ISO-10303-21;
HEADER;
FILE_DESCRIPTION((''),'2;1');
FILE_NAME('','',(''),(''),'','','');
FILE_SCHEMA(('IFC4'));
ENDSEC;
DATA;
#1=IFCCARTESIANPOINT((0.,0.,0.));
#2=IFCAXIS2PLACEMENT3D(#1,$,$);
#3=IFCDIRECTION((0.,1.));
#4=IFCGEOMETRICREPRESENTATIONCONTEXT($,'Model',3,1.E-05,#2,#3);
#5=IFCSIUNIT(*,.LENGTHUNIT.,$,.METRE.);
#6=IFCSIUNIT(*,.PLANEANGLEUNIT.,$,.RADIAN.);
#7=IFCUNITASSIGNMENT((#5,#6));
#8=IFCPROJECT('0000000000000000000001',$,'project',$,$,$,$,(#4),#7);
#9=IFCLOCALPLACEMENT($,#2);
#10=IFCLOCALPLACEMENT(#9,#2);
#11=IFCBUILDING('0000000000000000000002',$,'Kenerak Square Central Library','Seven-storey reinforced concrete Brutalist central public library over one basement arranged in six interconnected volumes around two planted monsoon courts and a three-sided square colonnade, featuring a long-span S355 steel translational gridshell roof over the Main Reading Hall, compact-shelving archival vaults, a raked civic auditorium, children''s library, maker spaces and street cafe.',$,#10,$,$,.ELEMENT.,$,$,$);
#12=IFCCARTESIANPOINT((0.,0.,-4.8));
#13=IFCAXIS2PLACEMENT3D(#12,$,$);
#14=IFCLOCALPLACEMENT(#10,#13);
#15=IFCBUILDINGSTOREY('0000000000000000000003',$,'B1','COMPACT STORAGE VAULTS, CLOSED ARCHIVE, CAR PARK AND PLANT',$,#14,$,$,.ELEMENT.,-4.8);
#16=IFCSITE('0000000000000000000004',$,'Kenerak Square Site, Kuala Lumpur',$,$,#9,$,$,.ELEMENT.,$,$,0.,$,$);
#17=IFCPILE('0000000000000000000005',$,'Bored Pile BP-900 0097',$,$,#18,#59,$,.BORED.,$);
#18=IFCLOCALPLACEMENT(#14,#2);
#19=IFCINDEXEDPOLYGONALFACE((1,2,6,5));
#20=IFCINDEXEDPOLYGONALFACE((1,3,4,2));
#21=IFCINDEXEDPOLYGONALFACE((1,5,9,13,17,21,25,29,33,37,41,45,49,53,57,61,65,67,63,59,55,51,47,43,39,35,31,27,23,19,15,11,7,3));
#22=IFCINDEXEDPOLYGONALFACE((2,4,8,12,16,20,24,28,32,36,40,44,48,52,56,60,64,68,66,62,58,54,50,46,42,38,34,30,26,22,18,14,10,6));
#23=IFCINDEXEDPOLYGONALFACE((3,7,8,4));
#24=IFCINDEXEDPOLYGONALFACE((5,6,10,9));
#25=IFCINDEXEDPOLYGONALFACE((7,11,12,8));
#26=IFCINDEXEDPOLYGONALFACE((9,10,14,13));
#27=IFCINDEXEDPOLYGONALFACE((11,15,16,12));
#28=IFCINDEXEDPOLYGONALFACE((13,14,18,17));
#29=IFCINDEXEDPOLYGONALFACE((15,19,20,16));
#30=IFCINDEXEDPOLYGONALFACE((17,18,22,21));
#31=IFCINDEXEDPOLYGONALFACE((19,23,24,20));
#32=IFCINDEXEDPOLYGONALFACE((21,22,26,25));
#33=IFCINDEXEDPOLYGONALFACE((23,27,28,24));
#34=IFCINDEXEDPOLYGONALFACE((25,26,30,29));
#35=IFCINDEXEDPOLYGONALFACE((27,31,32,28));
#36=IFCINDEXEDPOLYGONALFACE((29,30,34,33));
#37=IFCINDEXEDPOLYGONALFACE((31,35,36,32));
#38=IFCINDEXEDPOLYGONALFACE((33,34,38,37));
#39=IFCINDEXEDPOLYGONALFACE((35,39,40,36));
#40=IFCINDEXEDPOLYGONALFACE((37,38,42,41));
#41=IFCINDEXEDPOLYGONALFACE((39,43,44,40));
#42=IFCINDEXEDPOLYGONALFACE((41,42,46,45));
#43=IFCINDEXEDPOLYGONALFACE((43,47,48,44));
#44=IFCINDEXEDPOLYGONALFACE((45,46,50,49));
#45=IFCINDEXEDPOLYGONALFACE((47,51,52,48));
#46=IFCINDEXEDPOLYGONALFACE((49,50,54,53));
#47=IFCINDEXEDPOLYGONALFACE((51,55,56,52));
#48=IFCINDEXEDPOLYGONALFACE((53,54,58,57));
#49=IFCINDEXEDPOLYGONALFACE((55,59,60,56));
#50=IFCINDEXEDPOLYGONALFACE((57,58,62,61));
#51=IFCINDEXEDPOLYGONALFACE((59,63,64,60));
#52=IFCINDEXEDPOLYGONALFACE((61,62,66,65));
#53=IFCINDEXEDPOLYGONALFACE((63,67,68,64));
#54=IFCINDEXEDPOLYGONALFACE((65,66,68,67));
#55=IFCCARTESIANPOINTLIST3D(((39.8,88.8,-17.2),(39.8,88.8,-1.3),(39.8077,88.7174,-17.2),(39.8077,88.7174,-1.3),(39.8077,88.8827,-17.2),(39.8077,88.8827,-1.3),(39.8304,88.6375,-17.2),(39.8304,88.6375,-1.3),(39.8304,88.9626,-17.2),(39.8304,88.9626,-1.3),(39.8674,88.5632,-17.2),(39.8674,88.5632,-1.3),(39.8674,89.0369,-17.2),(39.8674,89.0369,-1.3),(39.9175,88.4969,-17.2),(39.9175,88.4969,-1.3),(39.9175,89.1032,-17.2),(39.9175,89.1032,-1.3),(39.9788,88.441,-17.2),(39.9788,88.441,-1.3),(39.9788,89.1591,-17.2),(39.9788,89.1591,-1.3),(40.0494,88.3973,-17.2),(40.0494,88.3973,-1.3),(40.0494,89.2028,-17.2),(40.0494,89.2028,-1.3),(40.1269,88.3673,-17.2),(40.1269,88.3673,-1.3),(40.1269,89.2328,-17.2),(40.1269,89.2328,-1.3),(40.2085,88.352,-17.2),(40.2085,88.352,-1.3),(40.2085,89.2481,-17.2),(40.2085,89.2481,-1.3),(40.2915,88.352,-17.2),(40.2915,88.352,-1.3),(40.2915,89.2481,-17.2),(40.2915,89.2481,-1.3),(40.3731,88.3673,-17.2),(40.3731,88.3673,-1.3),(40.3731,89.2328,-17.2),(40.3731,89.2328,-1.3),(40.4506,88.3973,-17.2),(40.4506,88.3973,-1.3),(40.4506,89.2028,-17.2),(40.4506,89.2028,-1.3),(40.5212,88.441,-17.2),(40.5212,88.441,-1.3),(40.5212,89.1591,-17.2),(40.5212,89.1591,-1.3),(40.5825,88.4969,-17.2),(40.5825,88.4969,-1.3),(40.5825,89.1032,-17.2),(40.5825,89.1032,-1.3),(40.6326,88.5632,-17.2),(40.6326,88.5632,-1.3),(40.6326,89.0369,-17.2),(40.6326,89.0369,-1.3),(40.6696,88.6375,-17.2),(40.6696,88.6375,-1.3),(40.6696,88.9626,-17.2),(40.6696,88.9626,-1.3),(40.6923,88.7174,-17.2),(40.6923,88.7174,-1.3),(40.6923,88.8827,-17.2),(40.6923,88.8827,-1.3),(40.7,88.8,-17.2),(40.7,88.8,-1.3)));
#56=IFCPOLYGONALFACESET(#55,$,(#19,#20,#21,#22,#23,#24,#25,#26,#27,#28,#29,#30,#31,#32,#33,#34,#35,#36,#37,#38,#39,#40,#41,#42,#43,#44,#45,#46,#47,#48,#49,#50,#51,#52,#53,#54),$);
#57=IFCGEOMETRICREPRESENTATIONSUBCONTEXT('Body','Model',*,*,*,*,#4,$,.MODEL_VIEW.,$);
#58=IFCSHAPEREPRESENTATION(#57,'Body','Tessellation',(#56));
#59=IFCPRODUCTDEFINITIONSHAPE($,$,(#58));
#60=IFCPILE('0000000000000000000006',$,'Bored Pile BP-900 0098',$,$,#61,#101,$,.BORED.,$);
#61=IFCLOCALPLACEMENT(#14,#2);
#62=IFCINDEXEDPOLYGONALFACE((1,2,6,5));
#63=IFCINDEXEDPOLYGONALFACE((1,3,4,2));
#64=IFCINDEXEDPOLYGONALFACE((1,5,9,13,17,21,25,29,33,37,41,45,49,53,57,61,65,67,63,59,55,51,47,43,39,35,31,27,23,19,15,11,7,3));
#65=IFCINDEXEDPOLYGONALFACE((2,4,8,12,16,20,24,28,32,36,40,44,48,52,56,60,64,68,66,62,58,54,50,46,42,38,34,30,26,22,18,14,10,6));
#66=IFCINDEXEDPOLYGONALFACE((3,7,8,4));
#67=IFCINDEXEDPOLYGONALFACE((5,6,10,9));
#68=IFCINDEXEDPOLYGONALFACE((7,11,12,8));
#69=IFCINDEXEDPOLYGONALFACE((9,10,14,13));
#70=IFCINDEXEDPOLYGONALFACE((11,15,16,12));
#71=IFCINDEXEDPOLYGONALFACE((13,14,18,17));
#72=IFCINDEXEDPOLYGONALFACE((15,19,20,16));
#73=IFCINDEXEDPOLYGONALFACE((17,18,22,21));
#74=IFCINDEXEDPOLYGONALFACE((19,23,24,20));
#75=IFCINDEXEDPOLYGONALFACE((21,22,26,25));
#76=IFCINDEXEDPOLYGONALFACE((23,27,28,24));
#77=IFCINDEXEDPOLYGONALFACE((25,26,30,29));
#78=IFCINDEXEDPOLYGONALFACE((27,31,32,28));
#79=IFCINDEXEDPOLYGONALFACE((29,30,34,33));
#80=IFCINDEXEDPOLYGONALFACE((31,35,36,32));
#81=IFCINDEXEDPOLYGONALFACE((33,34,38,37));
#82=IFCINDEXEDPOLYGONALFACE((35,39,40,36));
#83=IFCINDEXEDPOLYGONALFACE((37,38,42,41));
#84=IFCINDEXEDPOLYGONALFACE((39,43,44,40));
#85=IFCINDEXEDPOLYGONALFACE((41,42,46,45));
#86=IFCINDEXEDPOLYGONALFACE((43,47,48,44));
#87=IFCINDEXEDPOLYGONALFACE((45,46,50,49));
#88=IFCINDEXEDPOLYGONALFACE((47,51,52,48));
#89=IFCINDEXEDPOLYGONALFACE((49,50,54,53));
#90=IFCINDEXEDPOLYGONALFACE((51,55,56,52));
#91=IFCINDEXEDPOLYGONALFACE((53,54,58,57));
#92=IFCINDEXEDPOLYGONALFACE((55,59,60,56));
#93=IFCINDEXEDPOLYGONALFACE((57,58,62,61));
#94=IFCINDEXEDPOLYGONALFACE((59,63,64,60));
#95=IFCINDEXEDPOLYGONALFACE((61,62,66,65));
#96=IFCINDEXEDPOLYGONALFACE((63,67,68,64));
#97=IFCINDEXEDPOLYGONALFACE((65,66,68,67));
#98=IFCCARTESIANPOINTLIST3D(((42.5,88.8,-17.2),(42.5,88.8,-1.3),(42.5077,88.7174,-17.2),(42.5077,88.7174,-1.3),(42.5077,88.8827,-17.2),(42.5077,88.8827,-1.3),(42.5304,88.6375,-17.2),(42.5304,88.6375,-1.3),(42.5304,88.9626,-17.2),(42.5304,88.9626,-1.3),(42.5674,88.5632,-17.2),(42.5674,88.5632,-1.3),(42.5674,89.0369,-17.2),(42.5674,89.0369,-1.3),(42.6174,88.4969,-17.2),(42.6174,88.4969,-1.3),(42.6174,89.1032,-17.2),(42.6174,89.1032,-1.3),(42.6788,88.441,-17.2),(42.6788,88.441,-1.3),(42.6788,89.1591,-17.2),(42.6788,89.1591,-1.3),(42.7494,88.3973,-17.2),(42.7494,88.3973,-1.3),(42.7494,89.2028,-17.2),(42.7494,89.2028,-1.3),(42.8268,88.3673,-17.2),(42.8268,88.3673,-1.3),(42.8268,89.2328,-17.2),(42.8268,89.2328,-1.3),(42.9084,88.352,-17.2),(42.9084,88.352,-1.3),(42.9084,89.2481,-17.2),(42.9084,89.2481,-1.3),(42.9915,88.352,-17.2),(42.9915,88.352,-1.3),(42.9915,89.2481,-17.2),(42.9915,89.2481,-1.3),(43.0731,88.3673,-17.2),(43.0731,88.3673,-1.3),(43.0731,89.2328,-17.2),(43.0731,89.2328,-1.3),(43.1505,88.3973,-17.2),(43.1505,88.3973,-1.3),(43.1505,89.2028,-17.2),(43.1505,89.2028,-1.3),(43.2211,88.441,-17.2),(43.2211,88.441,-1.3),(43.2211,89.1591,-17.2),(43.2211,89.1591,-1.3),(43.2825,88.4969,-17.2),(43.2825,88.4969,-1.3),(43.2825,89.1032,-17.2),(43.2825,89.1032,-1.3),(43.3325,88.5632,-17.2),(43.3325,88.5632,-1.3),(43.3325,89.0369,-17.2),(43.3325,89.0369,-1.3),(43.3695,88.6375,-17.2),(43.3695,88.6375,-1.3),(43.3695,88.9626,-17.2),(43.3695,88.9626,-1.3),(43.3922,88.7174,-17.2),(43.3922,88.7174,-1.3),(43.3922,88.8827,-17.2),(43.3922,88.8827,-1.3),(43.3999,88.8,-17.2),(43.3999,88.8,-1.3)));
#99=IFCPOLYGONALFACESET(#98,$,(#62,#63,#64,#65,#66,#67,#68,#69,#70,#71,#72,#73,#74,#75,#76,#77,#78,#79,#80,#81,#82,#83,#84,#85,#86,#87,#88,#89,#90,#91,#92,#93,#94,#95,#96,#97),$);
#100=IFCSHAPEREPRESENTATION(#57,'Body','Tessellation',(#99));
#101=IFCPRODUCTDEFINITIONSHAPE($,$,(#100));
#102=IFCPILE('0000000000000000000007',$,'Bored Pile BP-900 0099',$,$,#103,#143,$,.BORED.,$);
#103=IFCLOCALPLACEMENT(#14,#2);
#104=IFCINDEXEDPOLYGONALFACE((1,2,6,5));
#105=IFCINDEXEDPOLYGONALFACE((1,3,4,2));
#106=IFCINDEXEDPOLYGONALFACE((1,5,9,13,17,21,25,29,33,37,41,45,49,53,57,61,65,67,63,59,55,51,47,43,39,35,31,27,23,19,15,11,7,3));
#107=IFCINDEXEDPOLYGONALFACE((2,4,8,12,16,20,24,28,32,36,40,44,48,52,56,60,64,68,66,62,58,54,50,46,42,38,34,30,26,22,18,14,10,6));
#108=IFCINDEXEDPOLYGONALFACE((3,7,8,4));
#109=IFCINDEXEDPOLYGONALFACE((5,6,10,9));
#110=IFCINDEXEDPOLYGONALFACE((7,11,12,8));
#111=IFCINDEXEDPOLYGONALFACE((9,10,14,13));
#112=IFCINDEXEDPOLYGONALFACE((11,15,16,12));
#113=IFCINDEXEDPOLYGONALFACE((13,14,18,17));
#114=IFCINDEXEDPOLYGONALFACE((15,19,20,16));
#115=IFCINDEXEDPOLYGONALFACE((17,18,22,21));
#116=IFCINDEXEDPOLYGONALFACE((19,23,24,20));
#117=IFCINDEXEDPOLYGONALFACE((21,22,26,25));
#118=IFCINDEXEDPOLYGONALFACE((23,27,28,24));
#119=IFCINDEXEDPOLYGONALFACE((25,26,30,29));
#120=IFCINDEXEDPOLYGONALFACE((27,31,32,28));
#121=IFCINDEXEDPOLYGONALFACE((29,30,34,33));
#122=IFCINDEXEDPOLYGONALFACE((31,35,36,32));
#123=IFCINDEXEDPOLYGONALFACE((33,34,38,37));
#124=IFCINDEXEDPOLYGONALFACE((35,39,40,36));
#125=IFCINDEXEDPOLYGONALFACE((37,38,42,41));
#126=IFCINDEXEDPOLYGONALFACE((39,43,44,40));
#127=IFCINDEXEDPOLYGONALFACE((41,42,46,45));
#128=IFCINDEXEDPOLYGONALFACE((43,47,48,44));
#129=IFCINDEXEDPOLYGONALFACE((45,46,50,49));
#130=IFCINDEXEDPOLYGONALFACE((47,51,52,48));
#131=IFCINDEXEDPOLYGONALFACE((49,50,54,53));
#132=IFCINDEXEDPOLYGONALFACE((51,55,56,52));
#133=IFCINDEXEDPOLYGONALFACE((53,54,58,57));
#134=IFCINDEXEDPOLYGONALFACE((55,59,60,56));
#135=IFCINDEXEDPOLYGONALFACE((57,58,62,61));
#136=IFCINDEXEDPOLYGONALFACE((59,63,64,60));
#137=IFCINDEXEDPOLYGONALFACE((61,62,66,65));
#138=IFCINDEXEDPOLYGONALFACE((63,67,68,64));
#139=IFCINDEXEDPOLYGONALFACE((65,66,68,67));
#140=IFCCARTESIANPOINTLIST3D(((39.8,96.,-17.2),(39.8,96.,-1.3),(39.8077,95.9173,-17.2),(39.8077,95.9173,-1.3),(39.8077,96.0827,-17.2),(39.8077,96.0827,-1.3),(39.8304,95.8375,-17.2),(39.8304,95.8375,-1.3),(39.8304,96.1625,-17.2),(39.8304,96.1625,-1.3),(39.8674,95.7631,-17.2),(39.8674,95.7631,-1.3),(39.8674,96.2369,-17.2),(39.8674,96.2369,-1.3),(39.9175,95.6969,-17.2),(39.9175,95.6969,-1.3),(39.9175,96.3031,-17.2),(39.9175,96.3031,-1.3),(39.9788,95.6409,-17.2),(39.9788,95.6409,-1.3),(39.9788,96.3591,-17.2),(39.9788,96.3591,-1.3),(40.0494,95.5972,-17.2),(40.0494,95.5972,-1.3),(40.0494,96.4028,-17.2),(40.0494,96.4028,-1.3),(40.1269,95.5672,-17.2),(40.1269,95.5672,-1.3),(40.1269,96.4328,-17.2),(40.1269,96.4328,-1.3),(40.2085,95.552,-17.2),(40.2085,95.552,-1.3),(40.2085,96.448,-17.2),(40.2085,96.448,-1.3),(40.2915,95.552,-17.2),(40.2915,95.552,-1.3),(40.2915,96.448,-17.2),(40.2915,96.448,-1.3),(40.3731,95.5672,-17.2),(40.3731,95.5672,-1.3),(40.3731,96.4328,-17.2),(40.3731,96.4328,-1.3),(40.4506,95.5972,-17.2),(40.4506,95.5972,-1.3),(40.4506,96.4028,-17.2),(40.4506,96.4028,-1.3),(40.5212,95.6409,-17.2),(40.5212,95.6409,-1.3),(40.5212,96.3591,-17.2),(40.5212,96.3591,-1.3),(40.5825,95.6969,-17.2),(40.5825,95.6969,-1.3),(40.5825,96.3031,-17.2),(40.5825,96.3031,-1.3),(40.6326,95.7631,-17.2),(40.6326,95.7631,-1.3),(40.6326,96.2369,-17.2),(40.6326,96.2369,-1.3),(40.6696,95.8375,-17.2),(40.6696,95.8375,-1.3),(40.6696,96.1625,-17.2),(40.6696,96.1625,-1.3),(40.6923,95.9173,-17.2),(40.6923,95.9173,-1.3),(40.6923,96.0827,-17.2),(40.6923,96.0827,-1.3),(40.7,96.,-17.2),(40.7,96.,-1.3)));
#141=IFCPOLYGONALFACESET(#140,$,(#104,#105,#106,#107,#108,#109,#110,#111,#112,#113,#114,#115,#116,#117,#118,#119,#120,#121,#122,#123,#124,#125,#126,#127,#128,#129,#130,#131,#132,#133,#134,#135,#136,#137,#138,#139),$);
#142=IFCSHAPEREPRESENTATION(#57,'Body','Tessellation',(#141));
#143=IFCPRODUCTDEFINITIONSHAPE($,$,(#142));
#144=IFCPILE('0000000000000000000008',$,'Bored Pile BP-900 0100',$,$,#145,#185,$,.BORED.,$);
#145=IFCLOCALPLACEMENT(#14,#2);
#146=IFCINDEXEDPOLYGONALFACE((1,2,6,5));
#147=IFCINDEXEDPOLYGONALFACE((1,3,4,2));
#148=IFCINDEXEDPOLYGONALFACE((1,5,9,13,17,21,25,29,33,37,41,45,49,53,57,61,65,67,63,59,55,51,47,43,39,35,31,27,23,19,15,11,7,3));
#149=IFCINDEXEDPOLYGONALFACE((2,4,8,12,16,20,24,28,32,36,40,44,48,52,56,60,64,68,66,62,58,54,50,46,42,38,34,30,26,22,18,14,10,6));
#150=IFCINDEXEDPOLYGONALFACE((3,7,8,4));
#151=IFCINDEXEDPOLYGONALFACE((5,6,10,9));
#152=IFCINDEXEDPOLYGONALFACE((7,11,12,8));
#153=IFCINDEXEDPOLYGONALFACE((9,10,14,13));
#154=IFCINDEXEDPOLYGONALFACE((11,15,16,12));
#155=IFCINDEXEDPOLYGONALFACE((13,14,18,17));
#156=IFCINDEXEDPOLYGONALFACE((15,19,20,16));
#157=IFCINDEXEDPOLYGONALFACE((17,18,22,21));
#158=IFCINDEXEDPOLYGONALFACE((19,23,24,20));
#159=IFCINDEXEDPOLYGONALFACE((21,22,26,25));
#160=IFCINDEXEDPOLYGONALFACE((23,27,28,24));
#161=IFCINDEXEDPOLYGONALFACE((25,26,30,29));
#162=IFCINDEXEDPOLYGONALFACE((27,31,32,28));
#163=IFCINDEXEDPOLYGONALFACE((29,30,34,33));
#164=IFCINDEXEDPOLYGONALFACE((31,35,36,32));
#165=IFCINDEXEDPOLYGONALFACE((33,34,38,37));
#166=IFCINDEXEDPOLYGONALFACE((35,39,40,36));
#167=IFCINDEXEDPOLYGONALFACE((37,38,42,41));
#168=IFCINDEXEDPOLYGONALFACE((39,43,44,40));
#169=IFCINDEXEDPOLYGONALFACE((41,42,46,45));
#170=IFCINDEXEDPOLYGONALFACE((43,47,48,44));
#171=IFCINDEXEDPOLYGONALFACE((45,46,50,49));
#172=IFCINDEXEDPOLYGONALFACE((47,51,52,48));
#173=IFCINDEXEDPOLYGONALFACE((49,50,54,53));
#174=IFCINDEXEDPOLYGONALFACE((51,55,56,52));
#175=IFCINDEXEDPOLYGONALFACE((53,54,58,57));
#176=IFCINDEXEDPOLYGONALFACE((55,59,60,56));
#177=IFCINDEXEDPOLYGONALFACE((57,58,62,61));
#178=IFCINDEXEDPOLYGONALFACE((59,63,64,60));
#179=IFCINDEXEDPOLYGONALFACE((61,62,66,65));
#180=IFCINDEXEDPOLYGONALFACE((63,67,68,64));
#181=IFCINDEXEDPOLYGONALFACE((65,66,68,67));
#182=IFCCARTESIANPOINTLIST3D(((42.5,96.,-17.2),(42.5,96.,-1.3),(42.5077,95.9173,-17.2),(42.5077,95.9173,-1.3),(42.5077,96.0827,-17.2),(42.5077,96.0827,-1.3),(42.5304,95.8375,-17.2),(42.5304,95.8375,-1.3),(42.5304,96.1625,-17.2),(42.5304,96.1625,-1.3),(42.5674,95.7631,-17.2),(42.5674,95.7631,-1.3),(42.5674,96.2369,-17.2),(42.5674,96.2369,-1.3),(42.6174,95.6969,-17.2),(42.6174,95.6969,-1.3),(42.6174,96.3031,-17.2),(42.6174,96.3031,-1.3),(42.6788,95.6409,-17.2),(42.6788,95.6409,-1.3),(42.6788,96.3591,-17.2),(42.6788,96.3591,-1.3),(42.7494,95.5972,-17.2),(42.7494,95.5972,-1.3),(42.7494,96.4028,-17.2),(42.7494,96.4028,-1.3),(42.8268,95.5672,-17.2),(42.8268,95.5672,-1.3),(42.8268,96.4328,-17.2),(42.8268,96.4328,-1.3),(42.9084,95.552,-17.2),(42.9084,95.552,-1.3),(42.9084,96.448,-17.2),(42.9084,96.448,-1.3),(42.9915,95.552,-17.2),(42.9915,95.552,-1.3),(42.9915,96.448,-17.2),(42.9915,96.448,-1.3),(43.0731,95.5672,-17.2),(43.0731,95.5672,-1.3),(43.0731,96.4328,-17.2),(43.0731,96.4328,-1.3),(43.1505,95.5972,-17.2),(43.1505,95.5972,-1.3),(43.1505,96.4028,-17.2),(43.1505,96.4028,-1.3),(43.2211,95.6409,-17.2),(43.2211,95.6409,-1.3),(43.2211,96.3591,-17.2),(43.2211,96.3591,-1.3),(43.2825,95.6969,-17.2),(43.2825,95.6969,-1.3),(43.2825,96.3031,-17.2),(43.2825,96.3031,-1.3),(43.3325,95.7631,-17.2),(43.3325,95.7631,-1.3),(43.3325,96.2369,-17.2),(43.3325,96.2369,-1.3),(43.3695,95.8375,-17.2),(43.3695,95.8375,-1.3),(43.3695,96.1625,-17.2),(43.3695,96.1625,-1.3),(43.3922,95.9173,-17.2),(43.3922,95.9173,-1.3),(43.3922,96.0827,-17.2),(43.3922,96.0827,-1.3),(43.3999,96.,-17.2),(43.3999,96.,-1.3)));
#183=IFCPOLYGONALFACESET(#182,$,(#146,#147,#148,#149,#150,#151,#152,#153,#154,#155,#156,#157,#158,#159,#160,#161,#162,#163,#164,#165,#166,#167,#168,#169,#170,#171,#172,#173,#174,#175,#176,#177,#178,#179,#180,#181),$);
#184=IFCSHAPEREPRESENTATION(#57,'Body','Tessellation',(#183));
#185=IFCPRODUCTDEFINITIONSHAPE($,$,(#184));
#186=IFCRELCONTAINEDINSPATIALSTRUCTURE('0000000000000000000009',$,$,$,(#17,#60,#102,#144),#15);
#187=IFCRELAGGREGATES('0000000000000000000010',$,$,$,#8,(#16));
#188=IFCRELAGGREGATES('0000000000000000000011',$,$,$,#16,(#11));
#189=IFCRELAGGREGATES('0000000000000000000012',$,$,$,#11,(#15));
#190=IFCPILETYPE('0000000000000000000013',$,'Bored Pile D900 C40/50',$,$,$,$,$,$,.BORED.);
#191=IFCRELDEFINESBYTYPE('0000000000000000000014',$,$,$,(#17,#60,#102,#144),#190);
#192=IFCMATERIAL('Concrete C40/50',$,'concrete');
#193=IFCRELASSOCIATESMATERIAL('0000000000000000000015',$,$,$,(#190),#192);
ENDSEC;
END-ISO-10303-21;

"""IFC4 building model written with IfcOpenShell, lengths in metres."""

from ifc_helpers import new_model, si_unit, direction, frame, origin, origin_2d, place, context, subcontext, project, spatial, circle, extrude, material, material_profile, profile_set, type_object, element, save


model = new_model("IFC4")

# Units and contexts
model_context = context("Model", 3, precision=1e-05, world=origin(), true_north=direction((0.0, 1.0)))
body_context = subcontext(model_context, "Body", "Model", "MODEL_VIEW")
ifc_project = project(units=[si_unit("LENGTHUNIT", "METRE"), si_unit("PLANEANGLEUNIT", "RADIAN")], contexts=[model_context])

# Site, building, storey
site_placement = place(None, origin())
site = spatial("IfcSite", under=ifc_project, at=site_placement, Name="Kenerak Square Site, Kuala Lumpur", CompositionType="ELEMENT", RefElevation=0.0)
building_placement = place(site_placement, origin())
building = spatial("IfcBuilding", under=site, at=building_placement, Name="Kenerak Square Central Library", Description="Seven-storey reinforced concrete Brutalist central public library over one basement arranged in six interconnected volumes around two planted monsoon courts and a three-sided square colonnade, featuring a long-span S355 steel translational gridshell roof over the Main Reading Hall, compact-shelving archival vaults, a raked civic auditorium, children's library, maker spaces and street cafe.", CompositionType="ELEMENT")
storey_placement = place(building_placement, frame((0.0, 0.0, -4.8)))
storey = spatial("IfcBuildingStorey", under=building, at=storey_placement, Name="B1", Description="COMPACT STORAGE VAULTS, CLOSED ARCHIVE, CAR PARK AND PLANT", CompositionType="ELEMENT", Elevation=-4.8)

# Piles
ifc_material_1 = material(Name="Concrete C40/50", Category="concrete")
ifc_material_profile_1 = material_profile(ifc_material_1, circle(Radius=0.45, at=origin_2d()), Name="BP D900")
ifc_profile_set_1 = profile_set([ifc_material_profile_1], Name="Concrete C40/50")
pile_type = type_object("IfcPileType", Name="Bored Pile D900 C40/50", PredefinedType="BORED", material=ifc_profile_set_1)
for number, where, z_axis, x_axis, name in (
    (1, (40.25, 88.8, -1.3), (0.0, 0.0, -1.0), (1.0, 0.0, 0.0), "Bored Pile BP-900 0097"),
    (2, (42.95, 88.8, -1.3), (0.0, 0.0, -1.0), (1.0, 0.0, 0.0), "Bored Pile BP-900 0098"),
    (3, (40.25, 96.0, -1.3), (0.0, 0.0, -1.0), (1.0, 0.0, 0.0), "Bored Pile BP-900 0099"),
    (4, (42.95, 96.0, -1.3), (0.0, 0.0, -1.0), (1.0, 0.0, 0.0), "Bored Pile BP-900 0100"),
):
    element("IfcPile", number, at=place(storey_placement, frame(where, z_axis=z_axis, x_axis=x_axis)), inside=storey, type_object=pile_type, Name=name, PredefinedType="BORED", context=body_context, shape_type="SweptSolid", body=[
        extrude(circle(Radius=0.45, at=origin_2d()), origin(), (0.0, 0.0, 1.0), 15.8999),
    ])

save(model, "model.ifc")
